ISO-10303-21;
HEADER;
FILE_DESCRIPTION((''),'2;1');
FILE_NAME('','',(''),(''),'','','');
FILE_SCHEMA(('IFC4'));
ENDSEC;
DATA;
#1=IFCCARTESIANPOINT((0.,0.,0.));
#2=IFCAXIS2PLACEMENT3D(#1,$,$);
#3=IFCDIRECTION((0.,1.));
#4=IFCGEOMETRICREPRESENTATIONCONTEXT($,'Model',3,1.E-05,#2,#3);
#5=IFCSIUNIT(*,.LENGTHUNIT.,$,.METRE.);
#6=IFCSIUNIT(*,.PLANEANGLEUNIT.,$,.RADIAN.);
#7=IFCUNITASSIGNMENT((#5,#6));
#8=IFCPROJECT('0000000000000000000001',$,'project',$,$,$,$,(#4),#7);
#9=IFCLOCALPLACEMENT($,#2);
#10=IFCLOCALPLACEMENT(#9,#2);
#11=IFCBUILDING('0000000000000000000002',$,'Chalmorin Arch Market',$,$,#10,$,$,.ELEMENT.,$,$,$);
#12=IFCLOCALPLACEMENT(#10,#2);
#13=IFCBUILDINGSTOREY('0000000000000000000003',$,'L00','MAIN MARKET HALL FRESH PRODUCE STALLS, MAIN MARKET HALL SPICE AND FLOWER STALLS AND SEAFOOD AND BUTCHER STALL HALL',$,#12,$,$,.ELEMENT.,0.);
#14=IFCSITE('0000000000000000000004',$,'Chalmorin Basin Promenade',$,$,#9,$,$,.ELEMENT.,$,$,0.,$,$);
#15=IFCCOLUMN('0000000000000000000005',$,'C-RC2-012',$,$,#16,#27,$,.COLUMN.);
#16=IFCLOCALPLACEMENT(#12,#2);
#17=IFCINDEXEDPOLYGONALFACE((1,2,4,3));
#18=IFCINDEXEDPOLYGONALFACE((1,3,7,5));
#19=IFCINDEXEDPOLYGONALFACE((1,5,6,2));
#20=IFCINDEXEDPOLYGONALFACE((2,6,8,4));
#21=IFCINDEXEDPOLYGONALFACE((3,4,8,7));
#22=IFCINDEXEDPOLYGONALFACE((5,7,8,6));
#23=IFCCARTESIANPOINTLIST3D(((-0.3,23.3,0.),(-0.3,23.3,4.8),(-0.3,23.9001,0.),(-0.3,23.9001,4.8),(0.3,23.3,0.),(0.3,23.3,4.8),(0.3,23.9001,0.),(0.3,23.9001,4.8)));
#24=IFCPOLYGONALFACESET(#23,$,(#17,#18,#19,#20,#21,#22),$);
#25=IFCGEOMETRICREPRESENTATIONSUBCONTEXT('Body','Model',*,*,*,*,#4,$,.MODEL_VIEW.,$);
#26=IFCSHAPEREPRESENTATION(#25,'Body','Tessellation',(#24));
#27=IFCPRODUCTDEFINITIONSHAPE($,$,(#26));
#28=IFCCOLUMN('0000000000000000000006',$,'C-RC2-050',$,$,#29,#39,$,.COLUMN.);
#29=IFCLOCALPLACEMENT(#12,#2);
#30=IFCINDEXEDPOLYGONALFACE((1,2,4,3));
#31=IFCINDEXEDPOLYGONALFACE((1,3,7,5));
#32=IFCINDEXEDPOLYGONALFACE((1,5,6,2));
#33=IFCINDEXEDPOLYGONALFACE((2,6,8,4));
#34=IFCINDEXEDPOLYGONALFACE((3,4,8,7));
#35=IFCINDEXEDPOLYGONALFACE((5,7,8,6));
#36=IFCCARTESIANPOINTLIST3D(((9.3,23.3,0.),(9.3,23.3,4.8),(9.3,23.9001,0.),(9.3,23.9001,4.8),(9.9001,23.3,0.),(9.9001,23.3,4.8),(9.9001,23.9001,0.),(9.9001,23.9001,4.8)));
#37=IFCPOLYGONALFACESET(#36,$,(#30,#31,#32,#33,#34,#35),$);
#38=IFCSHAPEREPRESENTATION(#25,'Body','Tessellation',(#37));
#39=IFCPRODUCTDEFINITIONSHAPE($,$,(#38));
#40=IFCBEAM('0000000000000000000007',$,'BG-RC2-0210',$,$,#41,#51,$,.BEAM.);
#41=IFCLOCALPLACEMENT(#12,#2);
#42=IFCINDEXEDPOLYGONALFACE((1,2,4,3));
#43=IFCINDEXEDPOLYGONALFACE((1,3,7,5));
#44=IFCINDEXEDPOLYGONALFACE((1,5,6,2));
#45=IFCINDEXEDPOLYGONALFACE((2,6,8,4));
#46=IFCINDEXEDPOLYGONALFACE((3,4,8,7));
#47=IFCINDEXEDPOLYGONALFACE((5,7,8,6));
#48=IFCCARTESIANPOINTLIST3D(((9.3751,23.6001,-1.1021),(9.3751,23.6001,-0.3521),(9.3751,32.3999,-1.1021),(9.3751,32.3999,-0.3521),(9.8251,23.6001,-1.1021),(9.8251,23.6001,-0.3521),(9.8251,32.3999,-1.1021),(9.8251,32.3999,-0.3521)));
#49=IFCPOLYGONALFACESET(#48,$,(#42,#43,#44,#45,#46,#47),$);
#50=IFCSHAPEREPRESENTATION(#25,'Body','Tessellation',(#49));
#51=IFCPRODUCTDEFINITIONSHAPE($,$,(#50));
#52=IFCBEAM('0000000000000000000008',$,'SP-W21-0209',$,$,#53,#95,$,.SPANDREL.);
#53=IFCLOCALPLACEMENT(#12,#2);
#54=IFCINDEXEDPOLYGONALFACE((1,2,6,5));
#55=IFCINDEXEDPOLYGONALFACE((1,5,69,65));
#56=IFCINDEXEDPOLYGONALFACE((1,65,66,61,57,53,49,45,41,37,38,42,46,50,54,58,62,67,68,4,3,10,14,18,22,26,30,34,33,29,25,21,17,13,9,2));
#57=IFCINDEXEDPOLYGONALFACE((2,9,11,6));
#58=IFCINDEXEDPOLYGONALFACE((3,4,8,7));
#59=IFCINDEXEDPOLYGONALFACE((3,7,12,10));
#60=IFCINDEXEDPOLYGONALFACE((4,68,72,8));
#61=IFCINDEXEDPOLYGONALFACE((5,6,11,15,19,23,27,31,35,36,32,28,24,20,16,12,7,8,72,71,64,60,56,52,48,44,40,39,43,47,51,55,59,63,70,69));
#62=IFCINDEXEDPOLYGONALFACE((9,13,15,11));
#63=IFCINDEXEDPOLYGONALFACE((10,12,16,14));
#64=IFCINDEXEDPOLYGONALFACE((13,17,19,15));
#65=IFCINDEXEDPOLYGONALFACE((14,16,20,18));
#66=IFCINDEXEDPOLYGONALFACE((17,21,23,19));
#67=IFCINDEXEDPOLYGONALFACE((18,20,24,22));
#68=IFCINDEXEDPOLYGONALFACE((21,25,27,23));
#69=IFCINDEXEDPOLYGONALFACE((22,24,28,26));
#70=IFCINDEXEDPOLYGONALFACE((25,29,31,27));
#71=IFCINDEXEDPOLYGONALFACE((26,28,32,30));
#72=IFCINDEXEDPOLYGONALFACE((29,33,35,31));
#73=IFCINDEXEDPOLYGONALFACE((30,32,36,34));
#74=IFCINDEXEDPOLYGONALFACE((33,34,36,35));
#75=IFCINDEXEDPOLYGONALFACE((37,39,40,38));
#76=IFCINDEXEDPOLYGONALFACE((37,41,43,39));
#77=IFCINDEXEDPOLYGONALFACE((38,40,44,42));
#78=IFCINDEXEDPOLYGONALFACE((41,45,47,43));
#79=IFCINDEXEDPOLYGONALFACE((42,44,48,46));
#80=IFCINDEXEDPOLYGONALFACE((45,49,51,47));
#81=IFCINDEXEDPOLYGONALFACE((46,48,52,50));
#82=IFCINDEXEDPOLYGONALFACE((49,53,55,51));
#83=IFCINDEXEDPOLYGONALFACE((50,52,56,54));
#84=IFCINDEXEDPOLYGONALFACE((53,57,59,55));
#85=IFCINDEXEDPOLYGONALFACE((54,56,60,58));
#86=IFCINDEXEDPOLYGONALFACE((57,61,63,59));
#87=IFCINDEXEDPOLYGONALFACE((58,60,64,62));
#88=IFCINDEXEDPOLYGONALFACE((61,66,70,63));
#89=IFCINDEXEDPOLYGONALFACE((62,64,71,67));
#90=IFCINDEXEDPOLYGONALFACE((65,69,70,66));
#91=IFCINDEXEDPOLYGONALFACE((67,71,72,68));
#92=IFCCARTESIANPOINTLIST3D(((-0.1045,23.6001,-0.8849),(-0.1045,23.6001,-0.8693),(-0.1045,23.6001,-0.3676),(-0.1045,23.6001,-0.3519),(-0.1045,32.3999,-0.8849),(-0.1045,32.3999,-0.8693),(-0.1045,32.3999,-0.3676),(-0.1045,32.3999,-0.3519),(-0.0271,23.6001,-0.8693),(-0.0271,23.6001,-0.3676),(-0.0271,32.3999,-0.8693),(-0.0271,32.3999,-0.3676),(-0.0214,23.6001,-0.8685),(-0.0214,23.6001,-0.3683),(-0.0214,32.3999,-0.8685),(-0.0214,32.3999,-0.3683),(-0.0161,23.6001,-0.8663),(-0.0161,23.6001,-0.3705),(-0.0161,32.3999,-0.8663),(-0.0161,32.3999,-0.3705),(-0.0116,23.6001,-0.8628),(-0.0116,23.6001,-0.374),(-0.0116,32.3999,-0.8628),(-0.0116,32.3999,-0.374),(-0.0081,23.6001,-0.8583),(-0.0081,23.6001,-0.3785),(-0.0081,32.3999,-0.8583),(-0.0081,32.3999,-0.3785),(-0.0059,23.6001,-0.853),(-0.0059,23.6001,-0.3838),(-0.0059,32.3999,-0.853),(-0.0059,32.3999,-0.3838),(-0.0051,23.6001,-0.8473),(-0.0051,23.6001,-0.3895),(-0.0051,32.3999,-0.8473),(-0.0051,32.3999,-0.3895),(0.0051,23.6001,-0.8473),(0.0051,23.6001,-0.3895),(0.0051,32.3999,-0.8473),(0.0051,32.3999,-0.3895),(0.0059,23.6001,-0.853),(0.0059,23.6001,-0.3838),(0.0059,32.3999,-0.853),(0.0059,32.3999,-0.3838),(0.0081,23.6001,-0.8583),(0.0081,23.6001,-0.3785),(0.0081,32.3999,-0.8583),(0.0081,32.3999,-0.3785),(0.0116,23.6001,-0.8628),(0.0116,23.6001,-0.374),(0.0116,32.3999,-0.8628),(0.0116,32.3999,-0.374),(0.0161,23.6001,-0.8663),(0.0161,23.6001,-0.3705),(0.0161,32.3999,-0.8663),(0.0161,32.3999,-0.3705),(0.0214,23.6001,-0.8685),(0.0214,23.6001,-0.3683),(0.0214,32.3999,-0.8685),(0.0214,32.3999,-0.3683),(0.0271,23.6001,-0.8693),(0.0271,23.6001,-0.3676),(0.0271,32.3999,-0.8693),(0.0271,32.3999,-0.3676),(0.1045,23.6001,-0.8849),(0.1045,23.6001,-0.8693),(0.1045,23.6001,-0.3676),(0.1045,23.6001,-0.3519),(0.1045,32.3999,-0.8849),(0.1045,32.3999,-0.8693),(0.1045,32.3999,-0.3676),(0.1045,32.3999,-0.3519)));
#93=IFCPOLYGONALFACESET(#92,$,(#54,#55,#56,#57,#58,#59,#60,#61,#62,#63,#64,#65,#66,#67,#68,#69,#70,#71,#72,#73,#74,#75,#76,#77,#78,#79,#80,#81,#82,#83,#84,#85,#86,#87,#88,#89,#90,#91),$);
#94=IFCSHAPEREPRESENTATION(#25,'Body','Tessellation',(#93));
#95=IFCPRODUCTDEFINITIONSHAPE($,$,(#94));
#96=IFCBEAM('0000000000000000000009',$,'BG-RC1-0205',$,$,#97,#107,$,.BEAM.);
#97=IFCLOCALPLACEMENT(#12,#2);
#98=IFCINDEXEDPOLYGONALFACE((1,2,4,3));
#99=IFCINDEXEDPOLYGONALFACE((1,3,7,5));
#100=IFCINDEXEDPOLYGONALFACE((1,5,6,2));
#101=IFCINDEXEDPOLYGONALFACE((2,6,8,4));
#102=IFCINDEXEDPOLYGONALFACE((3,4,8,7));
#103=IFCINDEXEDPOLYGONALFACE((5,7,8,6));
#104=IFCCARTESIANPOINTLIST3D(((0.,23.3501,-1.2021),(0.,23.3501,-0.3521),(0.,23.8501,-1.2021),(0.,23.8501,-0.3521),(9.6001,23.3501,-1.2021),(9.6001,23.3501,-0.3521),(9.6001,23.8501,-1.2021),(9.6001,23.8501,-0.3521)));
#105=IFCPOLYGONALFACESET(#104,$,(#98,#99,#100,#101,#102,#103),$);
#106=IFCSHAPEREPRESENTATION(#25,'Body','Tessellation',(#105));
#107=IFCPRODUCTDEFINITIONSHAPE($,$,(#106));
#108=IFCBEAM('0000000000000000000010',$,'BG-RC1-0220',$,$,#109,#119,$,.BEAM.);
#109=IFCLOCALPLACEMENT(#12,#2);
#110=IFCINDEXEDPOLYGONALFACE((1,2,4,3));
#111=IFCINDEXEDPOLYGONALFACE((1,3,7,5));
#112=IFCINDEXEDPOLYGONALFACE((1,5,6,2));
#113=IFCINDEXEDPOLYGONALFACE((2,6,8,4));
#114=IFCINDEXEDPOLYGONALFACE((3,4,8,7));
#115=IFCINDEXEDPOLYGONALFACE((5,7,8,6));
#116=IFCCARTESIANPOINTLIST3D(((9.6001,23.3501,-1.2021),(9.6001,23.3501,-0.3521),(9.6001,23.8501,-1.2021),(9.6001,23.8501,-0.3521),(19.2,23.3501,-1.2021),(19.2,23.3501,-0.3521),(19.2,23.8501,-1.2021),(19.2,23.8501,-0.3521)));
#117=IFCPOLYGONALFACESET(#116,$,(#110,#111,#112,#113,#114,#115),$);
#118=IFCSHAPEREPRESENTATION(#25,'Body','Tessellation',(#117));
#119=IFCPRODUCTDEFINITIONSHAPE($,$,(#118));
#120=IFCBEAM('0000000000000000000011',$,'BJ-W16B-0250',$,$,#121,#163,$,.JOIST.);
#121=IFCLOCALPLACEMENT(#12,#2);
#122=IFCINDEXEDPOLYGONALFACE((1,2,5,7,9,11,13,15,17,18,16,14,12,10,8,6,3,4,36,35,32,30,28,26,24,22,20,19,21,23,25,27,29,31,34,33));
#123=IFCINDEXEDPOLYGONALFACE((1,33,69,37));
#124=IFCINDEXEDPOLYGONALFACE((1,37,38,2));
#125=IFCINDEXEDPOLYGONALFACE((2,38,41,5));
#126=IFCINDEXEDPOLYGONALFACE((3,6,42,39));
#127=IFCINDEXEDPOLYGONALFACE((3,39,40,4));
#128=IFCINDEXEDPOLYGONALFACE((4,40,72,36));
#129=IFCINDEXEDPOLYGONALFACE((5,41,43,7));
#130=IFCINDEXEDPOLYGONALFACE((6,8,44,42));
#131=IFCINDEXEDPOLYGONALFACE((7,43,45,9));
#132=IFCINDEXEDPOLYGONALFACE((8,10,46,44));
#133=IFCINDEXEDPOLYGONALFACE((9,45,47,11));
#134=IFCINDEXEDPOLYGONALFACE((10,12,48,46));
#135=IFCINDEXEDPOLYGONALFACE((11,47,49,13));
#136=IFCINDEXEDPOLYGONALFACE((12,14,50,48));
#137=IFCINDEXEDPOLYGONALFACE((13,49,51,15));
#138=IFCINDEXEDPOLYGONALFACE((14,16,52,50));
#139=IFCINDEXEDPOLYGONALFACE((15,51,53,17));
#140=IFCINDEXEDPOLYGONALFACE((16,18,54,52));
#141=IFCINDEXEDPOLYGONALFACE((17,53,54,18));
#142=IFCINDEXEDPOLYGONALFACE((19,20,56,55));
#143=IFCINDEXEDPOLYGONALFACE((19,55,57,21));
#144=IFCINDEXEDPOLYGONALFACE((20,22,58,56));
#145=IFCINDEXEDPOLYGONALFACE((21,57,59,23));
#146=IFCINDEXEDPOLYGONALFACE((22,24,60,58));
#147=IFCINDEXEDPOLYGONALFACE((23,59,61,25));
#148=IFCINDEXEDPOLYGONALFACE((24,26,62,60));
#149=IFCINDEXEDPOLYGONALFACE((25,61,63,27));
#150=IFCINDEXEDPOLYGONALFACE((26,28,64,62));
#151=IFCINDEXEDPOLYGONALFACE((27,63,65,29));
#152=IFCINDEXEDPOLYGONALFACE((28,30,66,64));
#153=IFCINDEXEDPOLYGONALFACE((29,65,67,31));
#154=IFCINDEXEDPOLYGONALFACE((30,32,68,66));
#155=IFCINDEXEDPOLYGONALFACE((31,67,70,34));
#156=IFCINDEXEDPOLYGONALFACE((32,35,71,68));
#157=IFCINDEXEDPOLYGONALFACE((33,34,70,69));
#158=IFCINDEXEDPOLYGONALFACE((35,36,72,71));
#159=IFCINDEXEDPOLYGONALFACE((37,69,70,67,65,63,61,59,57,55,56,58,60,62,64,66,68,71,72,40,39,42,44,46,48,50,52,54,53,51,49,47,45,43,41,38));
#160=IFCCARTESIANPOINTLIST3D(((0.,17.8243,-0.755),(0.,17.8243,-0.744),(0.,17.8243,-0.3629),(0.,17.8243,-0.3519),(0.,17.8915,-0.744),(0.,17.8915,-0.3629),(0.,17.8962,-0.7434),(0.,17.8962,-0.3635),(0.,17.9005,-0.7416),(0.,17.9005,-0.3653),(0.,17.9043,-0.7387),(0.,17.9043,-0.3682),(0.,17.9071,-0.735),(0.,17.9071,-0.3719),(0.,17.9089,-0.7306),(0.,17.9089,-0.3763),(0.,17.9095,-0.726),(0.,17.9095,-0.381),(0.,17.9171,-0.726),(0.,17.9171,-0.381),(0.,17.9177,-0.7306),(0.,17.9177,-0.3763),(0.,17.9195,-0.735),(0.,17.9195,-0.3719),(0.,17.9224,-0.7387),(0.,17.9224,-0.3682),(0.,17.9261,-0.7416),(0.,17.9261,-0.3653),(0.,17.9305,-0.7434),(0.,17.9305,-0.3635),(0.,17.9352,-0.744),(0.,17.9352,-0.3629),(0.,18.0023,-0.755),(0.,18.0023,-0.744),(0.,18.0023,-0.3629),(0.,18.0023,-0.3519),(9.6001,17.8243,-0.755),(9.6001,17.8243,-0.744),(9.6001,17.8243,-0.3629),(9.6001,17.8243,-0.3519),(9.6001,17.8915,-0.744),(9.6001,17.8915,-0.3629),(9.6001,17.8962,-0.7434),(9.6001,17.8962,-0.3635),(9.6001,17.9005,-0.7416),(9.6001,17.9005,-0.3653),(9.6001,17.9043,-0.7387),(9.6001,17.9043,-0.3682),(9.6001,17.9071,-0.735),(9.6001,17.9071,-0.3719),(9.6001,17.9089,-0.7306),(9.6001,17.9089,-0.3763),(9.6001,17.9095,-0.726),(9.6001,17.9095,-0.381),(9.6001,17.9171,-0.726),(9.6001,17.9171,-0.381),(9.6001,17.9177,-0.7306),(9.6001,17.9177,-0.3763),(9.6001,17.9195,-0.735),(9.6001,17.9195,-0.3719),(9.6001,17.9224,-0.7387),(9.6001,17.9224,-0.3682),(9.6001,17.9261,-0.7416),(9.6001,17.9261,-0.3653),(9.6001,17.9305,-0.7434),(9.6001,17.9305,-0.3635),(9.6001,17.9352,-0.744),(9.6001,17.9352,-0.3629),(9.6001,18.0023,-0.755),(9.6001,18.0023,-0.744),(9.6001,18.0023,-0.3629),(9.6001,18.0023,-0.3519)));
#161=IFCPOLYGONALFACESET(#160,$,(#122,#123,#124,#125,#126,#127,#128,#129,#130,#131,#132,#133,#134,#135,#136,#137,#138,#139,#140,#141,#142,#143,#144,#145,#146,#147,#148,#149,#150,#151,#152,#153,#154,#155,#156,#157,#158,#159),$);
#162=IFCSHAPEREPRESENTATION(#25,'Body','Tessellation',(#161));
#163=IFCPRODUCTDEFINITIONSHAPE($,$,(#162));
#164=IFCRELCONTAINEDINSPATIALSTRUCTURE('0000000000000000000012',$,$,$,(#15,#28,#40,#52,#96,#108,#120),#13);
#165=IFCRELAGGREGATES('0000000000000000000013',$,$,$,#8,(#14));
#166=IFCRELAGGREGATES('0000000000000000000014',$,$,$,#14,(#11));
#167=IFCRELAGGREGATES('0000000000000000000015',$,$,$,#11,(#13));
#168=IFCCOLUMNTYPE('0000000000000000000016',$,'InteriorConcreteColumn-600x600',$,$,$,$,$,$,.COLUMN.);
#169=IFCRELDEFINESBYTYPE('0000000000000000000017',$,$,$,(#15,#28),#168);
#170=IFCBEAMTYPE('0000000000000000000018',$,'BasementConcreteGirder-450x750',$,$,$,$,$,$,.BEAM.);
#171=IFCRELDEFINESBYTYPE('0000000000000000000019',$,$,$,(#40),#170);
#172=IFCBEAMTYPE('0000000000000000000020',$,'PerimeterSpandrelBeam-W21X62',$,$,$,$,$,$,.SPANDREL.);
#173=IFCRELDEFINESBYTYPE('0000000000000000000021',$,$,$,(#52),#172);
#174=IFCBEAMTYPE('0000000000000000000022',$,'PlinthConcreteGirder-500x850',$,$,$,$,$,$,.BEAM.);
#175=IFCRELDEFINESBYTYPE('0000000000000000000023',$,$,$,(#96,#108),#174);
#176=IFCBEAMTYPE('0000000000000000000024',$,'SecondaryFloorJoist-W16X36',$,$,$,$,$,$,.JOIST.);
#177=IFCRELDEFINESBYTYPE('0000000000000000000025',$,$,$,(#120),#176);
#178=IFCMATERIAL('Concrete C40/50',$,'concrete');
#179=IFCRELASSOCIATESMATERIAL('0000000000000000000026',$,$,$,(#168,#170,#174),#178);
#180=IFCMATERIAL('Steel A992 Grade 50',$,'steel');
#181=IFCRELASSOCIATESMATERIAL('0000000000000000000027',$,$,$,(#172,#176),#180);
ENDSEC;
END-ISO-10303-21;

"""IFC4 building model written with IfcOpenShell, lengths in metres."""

from ifc_helpers import new_model, si_unit, direction, frame, origin, origin_2d, place, context, subcontext, project, spatial, rectangle, i_section, extrude, material, material_profile, profile_set, type_object, element, save


model = new_model("IFC4")

# Units and contexts
model_context = context("Model", 3, precision=1e-05, world=origin(), true_north=direction((0.0, 1.0)))
body_context = subcontext(model_context, "Body", "Model", "MODEL_VIEW")
ifc_project = project(units=[si_unit("LENGTHUNIT", "METRE"), si_unit("PLANEANGLEUNIT", "RADIAN")], contexts=[model_context])

# Site, building, storey
site_placement = place(None, origin())
site = spatial("IfcSite", under=ifc_project, at=site_placement, Name="Chalmorin Basin Promenade", CompositionType="ELEMENT", RefElevation=0.0)
building_placement = place(site_placement, origin())
building = spatial("IfcBuilding", under=site, at=building_placement, Name="Chalmorin Arch Market", CompositionType="ELEMENT")
storey_placement = place(building_placement, origin())
storey = spatial("IfcBuildingStorey", under=building, at=storey_placement, Name="L00", Description="MAIN MARKET HALL FRESH PRODUCE STALLS, MAIN MARKET HALL SPICE AND FLOWER STALLS AND SEAFOOD AND BUTCHER STALL HALL", CompositionType="ELEMENT", Elevation=0.0)

# Columns
ifc_material_1 = material(Name="Concrete C40/50", Category="concrete")
ifc_material_profile_1 = material_profile(ifc_material_1, rectangle(XDim=0.6001, YDim=0.6001, at=origin_2d()), Name="RC600X600")
ifc_profile_set_1 = profile_set([ifc_material_profile_1], Name="Concrete C40/50")
column_type = type_object("IfcColumnType", Name="InteriorConcreteColumn-600x600", PredefinedType="COLUMN", material=ifc_profile_set_1)
for number, where, z_axis, x_axis, name in (
    (1, (0.0, 23.6001, 0.0), (0.0, 0.0, 1.0), (1.0, 0.0, 0.0), "C-RC2-012"),
    (2, (9.6001, 23.6001, 0.0), (0.0, 0.0, 1.0), (1.0, 0.0, 0.0), "C-RC2-050"),
):
    element("IfcColumn", number, at=place(storey_placement, frame(where, z_axis=z_axis, x_axis=x_axis)), inside=storey, type_object=column_type, Name=name, PredefinedType="COLUMN", context=body_context, shape_type="SweptSolid", body=[
        extrude(rectangle(XDim=0.6001, YDim=0.6001, at=origin_2d()), origin(), (0.0, 0.0, 1.0), 4.8),
    ])

# Beams
ifc_material_profile_2 = material_profile(ifc_material_1, rectangle(XDim=0.45, YDim=0.75, at=origin_2d()), Name="RC450X750")
ifc_profile_set_2 = profile_set([ifc_material_profile_2], Name="Concrete C40/50")
beam_type_1 = type_object("IfcBeamType", Name="BasementConcreteGirder-450x750", PredefinedType="BEAM", material=ifc_profile_set_2)
beam_1_placement = place(storey_placement, frame((9.6001, 23.6001, -0.7271), z_axis=(0.0, 1.0, 0.0), x_axis=(-1.0, 0.0, 0.0)))
element("IfcBeam", 3, at=beam_1_placement, inside=storey, type_object=beam_type_1, Name="BG-RC2-0210", PredefinedType="BEAM", context=body_context, shape_type="SweptSolid", body=[
    extrude(rectangle(XDim=0.45, YDim=0.75, at=origin_2d()), origin(), (0.0, 0.0, 1.0), 8.7998),
])
ifc_material_2 = material(Name="Steel A992 Grade 50", Category="steel")
ifc_material_profile_3 = material_profile(ifc_material_2, i_section(OverallWidth=0.209, OverallDepth=0.533, WebThickness=0.0103, FlangeThickness=0.0156, FilletRadius=0.022, at=origin_2d()), Name="W21X62")
ifc_profile_set_3 = profile_set([ifc_material_profile_3], Name="Steel A992 Grade 50")
beam_type_2 = type_object("IfcBeamType", Name="PerimeterSpandrelBeam-W21X62", PredefinedType="SPANDREL", material=ifc_profile_set_3)
beam_2_placement = place(storey_placement, frame((0.0, 23.6001, -0.6184), z_axis=(0.0, 1.0, 0.0), x_axis=(-1.0, 0.0, 0.0)))
element("IfcBeam", 4, at=beam_2_placement, inside=storey, type_object=beam_type_2, Name="SP-W21-0209", PredefinedType="SPANDREL", context=body_context, shape_type="SweptSolid", body=[
    extrude(i_section(OverallWidth=0.209, OverallDepth=0.533, WebThickness=0.0103, FlangeThickness=0.0156, FilletRadius=0.022, at=origin_2d()), origin(), (0.0, 0.0, 1.0), 8.7998),
])
ifc_material_profile_4 = material_profile(ifc_material_1, rectangle(XDim=0.5, YDim=0.8501, at=origin_2d()), Name="RC500X850")
ifc_profile_set_4 = profile_set([ifc_material_profile_4], Name="Concrete C40/50")
beam_type_3 = type_object("IfcBeamType", Name="PlinthConcreteGirder-500x850", PredefinedType="BEAM", material=ifc_profile_set_4)
beam_3_placement = place(storey_placement, frame((0.0, 23.6001, -0.7771), z_axis=(1.0, 0.0, 0.0), x_axis=(0.0, 1.0, 0.0)))
element("IfcBeam", 5, at=beam_3_placement, inside=storey, type_object=beam_type_3, Name="BG-RC1-0205", PredefinedType="BEAM", context=body_context, shape_type="SweptSolid", body=[
    extrude(rectangle(XDim=0.5, YDim=0.8501, at=origin_2d()), origin(), (0.0, 0.0, 1.0), 9.6001),
])
beam_4_placement = place(storey_placement, frame((9.6001, 23.6001, -0.7771), z_axis=(1.0, 0.0, 0.0), x_axis=(0.0, 1.0, 0.0)))
element("IfcBeam", 6, at=beam_4_placement, inside=storey, type_object=beam_type_3, Name="BG-RC1-0220", PredefinedType="BEAM", context=body_context, shape_type="SweptSolid", body=[
    extrude(rectangle(XDim=0.5, YDim=0.8501, at=origin_2d()), origin(), (0.0, 0.0, 1.0), 9.5999),
])
ifc_material_profile_5 = material_profile(ifc_material_2, i_section(OverallWidth=0.178, OverallDepth=0.4031, WebThickness=0.0076, FlangeThickness=0.011, FilletRadius=0.0181, at=origin_2d()), Name="W16X36")
ifc_profile_set_5 = profile_set([ifc_material_profile_5], Name="Steel A992 Grade 50")
beam_type_4 = type_object("IfcBeamType", Name="SecondaryFloorJoist-W16X36", PredefinedType="JOIST", material=ifc_profile_set_5)
for number, where, z_axis, x_axis, name in (
    (7, (0.0, 17.9133, -0.5535), (1.0, 0.0, 0.0), (0.0, 1.0, 0.0), "BJ-W16B-0250"),
):
    element("IfcBeam", number, at=place(storey_placement, frame(where, z_axis=z_axis, x_axis=x_axis)), inside=storey, type_object=beam_type_4, Name=name, PredefinedType="JOIST", context=body_context, shape_type="SweptSolid", body=[
        extrude(i_section(OverallWidth=0.178, OverallDepth=0.4031, WebThickness=0.0076, FlangeThickness=0.011, FilletRadius=0.0181, at=origin_2d()), origin(), (0.0, 0.0, 1.0), 9.6001),
    ])

save(model, "model.ifc")
